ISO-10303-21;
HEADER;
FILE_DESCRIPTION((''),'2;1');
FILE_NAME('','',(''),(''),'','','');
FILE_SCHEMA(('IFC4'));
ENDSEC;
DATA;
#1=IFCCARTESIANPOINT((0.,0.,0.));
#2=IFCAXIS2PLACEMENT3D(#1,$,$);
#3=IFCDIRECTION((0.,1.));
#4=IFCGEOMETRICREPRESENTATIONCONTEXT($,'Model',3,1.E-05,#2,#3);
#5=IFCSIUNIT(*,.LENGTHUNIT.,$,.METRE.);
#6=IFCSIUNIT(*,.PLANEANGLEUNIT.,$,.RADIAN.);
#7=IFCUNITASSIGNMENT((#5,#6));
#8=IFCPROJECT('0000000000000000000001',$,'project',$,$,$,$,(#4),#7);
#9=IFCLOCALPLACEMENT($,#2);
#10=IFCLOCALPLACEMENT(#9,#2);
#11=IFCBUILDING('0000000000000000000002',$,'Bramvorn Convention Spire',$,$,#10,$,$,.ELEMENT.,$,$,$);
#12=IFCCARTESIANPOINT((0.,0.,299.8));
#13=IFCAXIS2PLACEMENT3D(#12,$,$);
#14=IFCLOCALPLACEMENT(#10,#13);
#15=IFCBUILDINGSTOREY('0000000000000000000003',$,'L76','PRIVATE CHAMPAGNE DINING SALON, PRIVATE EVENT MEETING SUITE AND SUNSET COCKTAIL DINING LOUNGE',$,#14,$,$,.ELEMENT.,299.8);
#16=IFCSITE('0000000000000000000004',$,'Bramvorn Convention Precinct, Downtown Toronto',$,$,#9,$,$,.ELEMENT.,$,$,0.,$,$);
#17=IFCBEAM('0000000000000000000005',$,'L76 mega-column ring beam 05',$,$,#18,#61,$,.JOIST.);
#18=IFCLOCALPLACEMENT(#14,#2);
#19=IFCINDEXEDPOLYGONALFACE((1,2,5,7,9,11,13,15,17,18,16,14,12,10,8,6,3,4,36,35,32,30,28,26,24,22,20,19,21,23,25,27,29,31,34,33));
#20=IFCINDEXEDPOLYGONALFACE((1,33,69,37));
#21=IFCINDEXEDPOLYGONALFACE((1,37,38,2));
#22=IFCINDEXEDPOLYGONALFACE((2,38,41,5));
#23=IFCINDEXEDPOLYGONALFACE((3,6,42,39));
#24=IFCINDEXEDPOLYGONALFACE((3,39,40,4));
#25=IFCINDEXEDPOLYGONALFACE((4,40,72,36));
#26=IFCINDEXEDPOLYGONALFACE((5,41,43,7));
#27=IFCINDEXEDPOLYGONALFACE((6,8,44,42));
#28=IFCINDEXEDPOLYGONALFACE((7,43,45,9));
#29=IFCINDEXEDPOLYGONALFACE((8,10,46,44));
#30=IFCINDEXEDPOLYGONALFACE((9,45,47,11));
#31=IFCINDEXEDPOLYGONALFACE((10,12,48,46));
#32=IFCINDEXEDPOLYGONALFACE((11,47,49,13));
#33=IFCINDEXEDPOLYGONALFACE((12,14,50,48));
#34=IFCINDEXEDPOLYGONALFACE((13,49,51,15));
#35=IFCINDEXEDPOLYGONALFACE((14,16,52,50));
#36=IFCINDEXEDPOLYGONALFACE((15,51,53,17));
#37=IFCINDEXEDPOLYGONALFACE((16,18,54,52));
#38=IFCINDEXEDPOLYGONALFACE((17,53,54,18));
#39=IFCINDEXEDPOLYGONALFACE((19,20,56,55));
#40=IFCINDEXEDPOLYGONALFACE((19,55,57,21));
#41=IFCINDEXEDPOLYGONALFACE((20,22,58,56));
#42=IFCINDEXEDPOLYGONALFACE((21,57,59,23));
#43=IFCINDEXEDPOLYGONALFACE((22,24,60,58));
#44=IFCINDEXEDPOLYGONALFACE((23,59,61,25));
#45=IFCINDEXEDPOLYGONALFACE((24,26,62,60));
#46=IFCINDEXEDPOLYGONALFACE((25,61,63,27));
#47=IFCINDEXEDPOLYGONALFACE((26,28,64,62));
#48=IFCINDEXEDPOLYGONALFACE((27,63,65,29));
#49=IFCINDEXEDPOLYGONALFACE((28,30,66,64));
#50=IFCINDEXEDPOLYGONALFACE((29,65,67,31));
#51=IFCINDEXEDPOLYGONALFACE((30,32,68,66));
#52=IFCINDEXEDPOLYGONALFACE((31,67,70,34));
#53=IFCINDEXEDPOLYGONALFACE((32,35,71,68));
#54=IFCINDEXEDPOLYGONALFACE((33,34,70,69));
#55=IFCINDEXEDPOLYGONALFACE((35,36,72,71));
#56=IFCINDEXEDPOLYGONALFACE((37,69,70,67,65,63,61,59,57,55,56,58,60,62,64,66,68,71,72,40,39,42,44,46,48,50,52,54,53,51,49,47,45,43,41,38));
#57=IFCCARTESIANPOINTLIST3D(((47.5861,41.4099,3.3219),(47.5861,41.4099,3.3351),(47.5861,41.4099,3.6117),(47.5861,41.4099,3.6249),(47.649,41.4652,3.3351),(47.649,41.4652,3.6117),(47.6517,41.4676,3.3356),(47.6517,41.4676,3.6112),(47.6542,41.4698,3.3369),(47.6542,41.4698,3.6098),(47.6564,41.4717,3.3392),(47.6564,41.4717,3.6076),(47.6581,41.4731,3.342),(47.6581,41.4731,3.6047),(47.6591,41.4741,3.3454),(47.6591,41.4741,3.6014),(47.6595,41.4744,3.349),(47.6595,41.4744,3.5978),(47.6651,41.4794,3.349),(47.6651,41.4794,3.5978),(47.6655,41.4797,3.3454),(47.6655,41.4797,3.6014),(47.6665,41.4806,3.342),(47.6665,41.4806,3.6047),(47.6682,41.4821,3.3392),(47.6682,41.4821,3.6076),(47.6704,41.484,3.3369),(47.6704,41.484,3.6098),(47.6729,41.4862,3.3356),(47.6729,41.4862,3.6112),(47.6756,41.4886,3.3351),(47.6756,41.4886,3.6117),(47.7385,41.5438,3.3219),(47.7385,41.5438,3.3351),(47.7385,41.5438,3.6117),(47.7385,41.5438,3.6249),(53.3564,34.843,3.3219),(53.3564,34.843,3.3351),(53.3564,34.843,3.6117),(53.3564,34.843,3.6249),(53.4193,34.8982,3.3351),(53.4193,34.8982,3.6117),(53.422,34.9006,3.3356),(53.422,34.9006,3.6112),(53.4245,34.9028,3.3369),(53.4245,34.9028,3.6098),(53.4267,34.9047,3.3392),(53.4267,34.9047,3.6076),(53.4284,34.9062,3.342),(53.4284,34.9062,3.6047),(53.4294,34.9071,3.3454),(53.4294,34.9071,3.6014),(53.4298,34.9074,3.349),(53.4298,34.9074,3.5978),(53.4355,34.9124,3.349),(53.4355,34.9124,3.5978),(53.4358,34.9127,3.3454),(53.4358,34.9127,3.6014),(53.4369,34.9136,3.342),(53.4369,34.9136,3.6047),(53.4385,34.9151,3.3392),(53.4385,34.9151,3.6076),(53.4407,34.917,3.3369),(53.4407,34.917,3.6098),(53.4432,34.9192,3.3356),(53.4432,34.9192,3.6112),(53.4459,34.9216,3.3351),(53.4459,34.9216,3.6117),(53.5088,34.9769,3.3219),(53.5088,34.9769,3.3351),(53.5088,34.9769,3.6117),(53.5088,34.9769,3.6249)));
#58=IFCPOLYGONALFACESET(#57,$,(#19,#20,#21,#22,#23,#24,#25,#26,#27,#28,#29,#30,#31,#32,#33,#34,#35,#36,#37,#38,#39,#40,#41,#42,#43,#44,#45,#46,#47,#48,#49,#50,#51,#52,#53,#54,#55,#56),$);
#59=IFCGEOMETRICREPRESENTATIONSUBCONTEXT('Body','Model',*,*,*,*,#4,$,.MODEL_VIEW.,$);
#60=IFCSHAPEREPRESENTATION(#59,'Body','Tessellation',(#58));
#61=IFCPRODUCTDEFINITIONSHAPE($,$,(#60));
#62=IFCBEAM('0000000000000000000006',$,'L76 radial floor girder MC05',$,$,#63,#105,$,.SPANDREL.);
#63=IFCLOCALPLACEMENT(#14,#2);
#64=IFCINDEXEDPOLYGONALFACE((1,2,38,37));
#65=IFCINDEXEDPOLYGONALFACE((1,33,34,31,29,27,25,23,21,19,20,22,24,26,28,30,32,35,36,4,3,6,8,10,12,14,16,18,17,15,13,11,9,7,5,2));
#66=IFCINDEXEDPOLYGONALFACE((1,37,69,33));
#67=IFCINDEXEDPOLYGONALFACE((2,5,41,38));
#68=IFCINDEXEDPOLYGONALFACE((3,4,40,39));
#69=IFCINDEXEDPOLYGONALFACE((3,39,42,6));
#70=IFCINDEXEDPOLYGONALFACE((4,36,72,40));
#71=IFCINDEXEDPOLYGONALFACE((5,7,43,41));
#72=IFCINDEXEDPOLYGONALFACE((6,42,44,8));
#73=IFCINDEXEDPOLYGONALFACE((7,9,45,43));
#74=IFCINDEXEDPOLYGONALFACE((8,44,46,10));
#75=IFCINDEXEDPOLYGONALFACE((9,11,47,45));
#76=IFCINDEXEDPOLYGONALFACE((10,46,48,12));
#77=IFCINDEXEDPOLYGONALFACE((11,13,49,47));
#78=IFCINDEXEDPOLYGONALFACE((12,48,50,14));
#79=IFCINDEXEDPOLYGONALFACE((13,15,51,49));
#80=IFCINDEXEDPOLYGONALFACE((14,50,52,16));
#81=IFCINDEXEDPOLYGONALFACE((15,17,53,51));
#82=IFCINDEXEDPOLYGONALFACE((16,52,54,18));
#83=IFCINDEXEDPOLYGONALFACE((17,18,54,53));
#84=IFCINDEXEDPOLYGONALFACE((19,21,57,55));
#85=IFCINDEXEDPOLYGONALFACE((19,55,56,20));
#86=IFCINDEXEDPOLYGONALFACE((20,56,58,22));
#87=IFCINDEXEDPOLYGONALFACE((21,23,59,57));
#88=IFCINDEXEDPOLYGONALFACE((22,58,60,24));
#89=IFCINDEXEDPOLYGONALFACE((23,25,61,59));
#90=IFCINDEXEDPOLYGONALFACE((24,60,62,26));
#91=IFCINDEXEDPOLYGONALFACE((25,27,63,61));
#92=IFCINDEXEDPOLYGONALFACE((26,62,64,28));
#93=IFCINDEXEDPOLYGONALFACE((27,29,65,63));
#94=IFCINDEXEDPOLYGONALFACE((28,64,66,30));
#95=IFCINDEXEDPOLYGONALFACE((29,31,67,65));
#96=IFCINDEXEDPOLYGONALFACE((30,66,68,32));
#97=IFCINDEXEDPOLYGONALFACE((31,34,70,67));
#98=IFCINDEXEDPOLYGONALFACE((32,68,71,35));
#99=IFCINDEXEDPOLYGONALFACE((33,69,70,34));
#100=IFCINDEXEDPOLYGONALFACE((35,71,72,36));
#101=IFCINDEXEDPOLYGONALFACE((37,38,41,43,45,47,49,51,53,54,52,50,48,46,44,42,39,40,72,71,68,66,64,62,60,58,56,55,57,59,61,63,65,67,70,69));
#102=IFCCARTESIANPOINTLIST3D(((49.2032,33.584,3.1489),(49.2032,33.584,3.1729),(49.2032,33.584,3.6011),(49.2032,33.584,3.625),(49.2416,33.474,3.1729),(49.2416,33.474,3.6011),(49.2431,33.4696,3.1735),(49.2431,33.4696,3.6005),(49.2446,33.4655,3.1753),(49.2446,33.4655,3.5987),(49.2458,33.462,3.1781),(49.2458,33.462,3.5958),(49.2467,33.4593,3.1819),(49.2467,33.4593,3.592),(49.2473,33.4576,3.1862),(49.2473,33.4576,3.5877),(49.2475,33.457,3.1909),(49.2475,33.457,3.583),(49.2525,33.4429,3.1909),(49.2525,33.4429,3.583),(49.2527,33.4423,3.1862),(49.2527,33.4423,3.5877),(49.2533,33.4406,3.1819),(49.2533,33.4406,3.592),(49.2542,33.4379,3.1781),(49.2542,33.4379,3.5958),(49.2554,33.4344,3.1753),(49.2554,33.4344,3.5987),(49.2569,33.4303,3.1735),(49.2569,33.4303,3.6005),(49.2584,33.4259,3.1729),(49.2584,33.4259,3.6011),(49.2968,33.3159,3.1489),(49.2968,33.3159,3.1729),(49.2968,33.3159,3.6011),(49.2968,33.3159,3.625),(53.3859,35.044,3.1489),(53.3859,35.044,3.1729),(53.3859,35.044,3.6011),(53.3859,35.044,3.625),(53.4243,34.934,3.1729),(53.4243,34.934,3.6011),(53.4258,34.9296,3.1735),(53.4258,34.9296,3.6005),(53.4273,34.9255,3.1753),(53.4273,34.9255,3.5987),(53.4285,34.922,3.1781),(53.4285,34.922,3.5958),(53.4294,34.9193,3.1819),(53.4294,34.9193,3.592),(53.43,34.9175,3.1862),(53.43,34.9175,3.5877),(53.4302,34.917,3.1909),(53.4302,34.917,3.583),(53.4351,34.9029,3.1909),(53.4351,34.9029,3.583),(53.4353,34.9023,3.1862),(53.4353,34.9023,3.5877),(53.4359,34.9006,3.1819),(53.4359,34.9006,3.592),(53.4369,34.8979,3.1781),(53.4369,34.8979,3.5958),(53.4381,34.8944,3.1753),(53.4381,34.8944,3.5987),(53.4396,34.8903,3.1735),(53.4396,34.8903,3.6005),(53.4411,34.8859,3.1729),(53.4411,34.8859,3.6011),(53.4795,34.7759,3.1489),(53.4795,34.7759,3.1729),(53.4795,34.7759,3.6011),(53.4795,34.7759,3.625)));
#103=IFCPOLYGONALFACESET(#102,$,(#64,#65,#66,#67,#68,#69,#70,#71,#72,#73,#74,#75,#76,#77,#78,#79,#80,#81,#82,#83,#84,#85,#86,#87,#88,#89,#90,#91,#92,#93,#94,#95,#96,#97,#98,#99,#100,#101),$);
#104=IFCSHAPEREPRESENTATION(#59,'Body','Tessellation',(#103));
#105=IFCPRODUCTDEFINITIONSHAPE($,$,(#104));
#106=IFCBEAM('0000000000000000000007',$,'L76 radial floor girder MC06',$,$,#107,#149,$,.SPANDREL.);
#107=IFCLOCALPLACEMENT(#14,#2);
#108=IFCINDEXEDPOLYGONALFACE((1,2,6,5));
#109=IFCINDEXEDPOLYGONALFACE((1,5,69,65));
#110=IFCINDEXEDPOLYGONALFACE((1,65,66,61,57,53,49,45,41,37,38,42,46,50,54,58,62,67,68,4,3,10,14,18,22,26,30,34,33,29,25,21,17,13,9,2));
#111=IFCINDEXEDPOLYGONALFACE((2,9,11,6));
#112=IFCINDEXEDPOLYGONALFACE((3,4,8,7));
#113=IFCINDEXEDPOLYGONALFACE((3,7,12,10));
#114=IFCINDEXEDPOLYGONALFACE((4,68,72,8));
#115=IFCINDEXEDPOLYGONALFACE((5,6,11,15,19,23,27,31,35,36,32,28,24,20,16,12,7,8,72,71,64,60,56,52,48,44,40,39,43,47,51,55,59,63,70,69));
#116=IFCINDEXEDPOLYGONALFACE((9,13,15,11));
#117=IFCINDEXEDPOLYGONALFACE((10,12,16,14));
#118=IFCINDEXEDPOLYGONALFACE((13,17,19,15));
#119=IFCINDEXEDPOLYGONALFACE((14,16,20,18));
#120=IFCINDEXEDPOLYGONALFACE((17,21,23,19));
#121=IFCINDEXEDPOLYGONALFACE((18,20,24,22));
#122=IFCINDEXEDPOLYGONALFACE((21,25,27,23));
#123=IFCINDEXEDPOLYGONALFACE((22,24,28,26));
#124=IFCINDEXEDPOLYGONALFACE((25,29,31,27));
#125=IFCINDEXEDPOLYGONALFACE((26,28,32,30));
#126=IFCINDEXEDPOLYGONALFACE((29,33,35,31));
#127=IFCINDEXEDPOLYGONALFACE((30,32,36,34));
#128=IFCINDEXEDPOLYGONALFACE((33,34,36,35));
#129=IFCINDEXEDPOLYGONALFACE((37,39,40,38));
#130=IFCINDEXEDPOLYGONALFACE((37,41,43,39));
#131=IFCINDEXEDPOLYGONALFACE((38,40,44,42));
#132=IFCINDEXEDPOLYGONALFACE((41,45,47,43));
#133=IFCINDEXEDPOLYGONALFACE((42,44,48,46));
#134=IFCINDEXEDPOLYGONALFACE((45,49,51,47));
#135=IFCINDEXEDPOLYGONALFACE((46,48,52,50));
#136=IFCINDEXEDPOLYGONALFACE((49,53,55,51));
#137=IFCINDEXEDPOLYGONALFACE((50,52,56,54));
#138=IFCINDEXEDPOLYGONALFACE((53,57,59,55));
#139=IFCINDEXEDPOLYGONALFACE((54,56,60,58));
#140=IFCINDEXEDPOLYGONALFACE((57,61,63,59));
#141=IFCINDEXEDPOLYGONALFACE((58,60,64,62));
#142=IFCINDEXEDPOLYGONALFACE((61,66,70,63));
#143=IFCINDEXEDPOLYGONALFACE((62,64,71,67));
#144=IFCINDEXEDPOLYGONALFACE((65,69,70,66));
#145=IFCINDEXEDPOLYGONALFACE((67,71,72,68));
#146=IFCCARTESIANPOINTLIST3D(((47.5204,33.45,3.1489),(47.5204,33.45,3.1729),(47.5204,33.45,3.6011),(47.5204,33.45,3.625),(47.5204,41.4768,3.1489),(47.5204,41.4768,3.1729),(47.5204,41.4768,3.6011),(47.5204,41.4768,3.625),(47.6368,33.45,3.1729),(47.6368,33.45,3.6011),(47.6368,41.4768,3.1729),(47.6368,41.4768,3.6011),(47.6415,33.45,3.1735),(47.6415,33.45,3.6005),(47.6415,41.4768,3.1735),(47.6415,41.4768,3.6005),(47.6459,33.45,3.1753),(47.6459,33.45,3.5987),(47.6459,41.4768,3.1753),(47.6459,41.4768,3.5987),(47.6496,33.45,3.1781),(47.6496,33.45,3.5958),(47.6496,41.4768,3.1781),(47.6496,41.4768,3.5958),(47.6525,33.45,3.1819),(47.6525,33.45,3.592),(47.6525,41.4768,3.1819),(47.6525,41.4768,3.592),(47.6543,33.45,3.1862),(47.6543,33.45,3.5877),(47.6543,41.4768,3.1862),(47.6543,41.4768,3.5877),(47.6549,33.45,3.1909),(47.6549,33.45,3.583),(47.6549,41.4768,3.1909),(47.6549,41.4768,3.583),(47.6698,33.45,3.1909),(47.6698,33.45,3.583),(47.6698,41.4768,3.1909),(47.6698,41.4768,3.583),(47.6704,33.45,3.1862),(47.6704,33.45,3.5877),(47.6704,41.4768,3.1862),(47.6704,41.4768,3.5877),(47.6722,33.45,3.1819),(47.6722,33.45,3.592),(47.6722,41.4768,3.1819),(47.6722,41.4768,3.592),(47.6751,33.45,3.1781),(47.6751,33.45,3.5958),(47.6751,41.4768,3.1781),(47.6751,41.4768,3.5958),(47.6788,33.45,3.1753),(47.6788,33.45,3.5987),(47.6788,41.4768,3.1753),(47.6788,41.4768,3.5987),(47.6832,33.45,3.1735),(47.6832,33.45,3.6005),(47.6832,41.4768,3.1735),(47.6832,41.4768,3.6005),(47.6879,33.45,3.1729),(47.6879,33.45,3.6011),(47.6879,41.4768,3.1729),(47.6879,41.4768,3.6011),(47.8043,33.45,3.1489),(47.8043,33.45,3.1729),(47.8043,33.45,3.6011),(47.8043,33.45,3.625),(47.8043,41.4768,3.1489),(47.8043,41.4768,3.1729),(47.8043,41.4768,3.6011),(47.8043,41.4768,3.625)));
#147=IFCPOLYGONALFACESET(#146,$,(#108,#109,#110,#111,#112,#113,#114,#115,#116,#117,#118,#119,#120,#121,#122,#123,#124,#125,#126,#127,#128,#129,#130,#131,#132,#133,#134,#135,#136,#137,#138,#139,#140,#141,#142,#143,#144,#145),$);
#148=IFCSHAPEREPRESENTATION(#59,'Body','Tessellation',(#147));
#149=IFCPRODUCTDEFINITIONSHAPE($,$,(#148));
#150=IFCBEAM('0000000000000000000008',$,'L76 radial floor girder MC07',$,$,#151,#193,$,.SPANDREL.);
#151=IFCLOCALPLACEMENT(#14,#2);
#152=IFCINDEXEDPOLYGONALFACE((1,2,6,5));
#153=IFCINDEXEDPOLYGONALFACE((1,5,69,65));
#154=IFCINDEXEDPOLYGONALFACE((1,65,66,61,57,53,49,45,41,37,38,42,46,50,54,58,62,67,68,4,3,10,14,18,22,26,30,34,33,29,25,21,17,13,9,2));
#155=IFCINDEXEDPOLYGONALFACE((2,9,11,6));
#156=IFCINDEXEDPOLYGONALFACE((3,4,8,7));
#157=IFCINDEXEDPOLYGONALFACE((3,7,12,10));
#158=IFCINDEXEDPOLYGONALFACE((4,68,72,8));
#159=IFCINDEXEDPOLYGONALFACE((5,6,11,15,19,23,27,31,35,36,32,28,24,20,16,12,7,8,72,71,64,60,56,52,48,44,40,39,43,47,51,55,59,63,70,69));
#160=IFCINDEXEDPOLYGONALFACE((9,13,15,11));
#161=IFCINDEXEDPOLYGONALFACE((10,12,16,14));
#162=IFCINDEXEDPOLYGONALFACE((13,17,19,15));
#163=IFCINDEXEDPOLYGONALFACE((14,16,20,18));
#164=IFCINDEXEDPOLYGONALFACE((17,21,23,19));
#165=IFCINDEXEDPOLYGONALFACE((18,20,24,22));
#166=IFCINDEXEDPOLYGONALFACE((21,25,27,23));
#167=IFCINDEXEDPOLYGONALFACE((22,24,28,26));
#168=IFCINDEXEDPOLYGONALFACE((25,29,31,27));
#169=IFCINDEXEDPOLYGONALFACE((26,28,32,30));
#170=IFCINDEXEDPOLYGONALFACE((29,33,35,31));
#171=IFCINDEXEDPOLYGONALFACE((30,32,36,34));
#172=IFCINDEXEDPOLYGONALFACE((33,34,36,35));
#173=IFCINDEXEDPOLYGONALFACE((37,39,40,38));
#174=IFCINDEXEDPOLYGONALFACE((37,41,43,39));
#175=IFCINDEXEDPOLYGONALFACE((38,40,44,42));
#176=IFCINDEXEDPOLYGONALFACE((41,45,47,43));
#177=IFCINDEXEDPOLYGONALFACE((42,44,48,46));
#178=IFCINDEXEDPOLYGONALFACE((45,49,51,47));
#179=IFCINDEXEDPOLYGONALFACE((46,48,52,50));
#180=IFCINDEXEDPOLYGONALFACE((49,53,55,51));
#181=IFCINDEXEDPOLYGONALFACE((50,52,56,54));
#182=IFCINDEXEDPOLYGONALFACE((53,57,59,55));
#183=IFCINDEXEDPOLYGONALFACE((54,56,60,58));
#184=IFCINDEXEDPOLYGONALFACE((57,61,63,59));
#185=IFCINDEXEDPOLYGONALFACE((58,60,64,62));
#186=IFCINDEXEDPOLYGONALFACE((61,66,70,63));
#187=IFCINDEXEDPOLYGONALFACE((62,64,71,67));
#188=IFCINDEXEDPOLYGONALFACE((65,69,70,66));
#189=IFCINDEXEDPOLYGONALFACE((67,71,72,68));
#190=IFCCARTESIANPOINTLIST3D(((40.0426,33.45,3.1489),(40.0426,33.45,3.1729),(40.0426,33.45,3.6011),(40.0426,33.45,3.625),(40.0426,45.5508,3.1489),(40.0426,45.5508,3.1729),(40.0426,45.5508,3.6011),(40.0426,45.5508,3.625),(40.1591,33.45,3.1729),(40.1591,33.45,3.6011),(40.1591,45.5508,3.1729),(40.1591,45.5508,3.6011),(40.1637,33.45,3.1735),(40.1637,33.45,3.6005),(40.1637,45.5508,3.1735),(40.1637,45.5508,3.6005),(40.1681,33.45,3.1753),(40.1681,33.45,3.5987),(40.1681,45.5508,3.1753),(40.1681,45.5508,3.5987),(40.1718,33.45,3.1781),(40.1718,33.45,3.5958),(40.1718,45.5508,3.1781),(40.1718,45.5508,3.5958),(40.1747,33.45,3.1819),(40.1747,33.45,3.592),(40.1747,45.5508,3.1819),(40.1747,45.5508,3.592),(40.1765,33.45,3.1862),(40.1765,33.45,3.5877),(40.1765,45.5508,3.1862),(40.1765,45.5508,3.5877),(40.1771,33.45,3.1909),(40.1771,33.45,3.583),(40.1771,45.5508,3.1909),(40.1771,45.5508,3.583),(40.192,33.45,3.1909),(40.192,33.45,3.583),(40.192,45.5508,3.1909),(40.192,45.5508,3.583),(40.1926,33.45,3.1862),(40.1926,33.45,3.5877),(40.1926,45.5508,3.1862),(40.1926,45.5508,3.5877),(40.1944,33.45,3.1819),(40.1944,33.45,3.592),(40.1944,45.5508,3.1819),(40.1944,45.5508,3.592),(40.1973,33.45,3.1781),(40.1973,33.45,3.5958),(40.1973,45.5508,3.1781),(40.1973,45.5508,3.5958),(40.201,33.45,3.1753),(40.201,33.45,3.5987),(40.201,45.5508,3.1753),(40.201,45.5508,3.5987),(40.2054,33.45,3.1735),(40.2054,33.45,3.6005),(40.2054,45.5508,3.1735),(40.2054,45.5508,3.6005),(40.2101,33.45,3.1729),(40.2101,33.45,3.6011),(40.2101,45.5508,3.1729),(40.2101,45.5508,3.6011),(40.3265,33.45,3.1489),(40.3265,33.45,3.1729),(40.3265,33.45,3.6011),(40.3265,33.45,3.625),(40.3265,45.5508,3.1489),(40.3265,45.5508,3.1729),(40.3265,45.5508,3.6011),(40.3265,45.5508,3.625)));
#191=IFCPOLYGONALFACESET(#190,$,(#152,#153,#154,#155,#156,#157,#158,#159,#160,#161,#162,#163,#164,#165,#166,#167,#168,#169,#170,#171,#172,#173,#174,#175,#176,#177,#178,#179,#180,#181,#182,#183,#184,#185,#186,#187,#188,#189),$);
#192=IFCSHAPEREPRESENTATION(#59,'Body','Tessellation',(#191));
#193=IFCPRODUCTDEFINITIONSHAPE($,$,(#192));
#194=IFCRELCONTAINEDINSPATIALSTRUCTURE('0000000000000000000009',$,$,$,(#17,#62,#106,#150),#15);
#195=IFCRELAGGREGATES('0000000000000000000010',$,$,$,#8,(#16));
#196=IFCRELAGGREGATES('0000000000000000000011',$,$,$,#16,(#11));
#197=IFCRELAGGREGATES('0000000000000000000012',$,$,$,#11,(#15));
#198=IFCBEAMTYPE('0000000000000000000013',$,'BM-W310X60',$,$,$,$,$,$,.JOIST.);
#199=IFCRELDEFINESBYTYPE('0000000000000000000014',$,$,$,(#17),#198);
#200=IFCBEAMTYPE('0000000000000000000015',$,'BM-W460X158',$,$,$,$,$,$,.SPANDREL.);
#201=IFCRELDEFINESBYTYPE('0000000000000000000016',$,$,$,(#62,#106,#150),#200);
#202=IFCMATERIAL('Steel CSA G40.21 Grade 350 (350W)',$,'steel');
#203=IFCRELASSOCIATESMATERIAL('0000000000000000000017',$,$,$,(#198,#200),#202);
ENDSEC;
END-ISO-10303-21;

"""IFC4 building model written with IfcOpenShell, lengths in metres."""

from ifc_helpers import new_model, si_unit, direction, frame, origin, origin_2d, place, context, subcontext, project, spatial, i_section, extrude, material, material_profile, profile_set, type_object, element, save


model = new_model("IFC4")

# Units and contexts
model_context = context("Model", 3, precision=1e-05, world=origin(), true_north=direction((0.0, 1.0)))
body_context = subcontext(model_context, "Body", "Model", "MODEL_VIEW")
ifc_project = project(units=[si_unit("LENGTHUNIT", "METRE"), si_unit("PLANEANGLEUNIT", "RADIAN")], contexts=[model_context])

# Site, building, storey
site_placement = place(None, origin())
site = spatial("IfcSite", under=ifc_project, at=site_placement, Name="Bramvorn Convention Precinct, Downtown Toronto", CompositionType="ELEMENT", RefElevation=0.0)
building_placement = place(site_placement, origin())
building = spatial("IfcBuilding", under=site, at=building_placement, Name="Bramvorn Convention Spire", CompositionType="ELEMENT")
storey_placement = place(building_placement, frame((0.0, 0.0, 299.8)))
storey = spatial("IfcBuildingStorey", under=building, at=storey_placement, Name="L76", Description="PRIVATE CHAMPAGNE DINING SALON, PRIVATE EVENT MEETING SUITE AND SUNSET COCKTAIL DINING LOUNGE", CompositionType="ELEMENT", Elevation=299.8)

# Shared definitions
ifc_material_1 = material(Name="Steel CSA G40.21 Grade 350 (350W)", Category="steel")

# Beams
ifc_material_profile_1 = material_profile(ifc_material_1, i_section(OverallWidth=0.2029, OverallDepth=0.303, WebThickness=0.0076, FlangeThickness=0.0132, FilletRadius=0.0139, at=origin_2d()))
ifc_profile_set_1 = profile_set([ifc_material_profile_1], Name="Steel CSA G40.21 Grade 350 (350W) - W310X60")
beam_type_1 = type_object("IfcBeamType", Name="BM-W310X60", PredefinedType="JOIST", material=ifc_profile_set_1)
beam_1_placement = place(storey_placement, frame((53.4326, 34.9099, 3.4734), z_axis=(-0.660073, 0.751201, 0.0), x_axis=(-0.751201, -0.660073, 0.0)))
element("IfcBeam", 1, at=beam_1_placement, inside=storey, type_object=beam_type_1, Name="L76 mega-column ring beam 05", PredefinedType="JOIST", context=body_context, shape_type="SweptSolid", body=[
    extrude(i_section(OverallWidth=0.2029, OverallDepth=0.303, WebThickness=0.0076, FlangeThickness=0.0132, FilletRadius=0.0139, at=origin_2d()), origin(), (0.0, 0.0, 1.0), 8.7419),
])
ifc_material_profile_2 = material_profile(ifc_material_1, i_section(OverallWidth=0.2839, OverallDepth=0.4761, WebThickness=0.0149, FlangeThickness=0.0239, FilletRadius=0.0181, at=origin_2d()))
ifc_profile_set_2 = profile_set([ifc_material_profile_2], Name="Steel CSA G40.21 Grade 350 (350W) - W460X158")
beam_type_2 = type_object("IfcBeamType", Name="BM-W460X158", PredefinedType="SPANDREL", material=ifc_profile_set_2)
beam_2_placement = place(storey_placement, frame((49.25, 33.45, 3.387), z_axis=(0.944136, 0.329555, 0.0), x_axis=(-0.329555, 0.944136, 0.0)))
element("IfcBeam", 2, at=beam_2_placement, inside=storey, type_object=beam_type_2, Name="L76 radial floor girder MC05", PredefinedType="SPANDREL", context=body_context, shape_type="SweptSolid", body=[
    extrude(i_section(OverallWidth=0.2839, OverallDepth=0.4761, WebThickness=0.0149, FlangeThickness=0.0239, FilletRadius=0.0181, at=origin_2d()), origin(), (0.0, 0.0, 1.0), 4.4302),
])
beam_3_placement = place(storey_placement, frame((47.6624, 33.45, 3.387), z_axis=(0.0, 1.0, 0.0), x_axis=(-1.0, 0.0, 0.0)))
element("IfcBeam", 3, at=beam_3_placement, inside=storey, type_object=beam_type_2, Name="L76 radial floor girder MC06", PredefinedType="SPANDREL", context=body_context, shape_type="SweptSolid", body=[
    extrude(i_section(OverallWidth=0.2839, OverallDepth=0.4761, WebThickness=0.0149, FlangeThickness=0.0239, FilletRadius=0.0181, at=origin_2d()), origin(), (0.0, 0.0, 1.0), 8.0269),
])
beam_4_placement = place(storey_placement, frame((40.1846, 33.45, 3.387), z_axis=(0.0, 1.0, 0.0), x_axis=(-1.0, 0.0, 0.0)))
element("IfcBeam", 4, at=beam_4_placement, inside=storey, type_object=beam_type_2, Name="L76 radial floor girder MC07", PredefinedType="SPANDREL", context=body_context, shape_type="SweptSolid", body=[
    extrude(i_section(OverallWidth=0.2839, OverallDepth=0.4761, WebThickness=0.0149, FlangeThickness=0.0239, FilletRadius=0.0181, at=origin_2d()), origin(), (0.0, 0.0, 1.0), 12.1008),
])

save(model, "model.ifc")
